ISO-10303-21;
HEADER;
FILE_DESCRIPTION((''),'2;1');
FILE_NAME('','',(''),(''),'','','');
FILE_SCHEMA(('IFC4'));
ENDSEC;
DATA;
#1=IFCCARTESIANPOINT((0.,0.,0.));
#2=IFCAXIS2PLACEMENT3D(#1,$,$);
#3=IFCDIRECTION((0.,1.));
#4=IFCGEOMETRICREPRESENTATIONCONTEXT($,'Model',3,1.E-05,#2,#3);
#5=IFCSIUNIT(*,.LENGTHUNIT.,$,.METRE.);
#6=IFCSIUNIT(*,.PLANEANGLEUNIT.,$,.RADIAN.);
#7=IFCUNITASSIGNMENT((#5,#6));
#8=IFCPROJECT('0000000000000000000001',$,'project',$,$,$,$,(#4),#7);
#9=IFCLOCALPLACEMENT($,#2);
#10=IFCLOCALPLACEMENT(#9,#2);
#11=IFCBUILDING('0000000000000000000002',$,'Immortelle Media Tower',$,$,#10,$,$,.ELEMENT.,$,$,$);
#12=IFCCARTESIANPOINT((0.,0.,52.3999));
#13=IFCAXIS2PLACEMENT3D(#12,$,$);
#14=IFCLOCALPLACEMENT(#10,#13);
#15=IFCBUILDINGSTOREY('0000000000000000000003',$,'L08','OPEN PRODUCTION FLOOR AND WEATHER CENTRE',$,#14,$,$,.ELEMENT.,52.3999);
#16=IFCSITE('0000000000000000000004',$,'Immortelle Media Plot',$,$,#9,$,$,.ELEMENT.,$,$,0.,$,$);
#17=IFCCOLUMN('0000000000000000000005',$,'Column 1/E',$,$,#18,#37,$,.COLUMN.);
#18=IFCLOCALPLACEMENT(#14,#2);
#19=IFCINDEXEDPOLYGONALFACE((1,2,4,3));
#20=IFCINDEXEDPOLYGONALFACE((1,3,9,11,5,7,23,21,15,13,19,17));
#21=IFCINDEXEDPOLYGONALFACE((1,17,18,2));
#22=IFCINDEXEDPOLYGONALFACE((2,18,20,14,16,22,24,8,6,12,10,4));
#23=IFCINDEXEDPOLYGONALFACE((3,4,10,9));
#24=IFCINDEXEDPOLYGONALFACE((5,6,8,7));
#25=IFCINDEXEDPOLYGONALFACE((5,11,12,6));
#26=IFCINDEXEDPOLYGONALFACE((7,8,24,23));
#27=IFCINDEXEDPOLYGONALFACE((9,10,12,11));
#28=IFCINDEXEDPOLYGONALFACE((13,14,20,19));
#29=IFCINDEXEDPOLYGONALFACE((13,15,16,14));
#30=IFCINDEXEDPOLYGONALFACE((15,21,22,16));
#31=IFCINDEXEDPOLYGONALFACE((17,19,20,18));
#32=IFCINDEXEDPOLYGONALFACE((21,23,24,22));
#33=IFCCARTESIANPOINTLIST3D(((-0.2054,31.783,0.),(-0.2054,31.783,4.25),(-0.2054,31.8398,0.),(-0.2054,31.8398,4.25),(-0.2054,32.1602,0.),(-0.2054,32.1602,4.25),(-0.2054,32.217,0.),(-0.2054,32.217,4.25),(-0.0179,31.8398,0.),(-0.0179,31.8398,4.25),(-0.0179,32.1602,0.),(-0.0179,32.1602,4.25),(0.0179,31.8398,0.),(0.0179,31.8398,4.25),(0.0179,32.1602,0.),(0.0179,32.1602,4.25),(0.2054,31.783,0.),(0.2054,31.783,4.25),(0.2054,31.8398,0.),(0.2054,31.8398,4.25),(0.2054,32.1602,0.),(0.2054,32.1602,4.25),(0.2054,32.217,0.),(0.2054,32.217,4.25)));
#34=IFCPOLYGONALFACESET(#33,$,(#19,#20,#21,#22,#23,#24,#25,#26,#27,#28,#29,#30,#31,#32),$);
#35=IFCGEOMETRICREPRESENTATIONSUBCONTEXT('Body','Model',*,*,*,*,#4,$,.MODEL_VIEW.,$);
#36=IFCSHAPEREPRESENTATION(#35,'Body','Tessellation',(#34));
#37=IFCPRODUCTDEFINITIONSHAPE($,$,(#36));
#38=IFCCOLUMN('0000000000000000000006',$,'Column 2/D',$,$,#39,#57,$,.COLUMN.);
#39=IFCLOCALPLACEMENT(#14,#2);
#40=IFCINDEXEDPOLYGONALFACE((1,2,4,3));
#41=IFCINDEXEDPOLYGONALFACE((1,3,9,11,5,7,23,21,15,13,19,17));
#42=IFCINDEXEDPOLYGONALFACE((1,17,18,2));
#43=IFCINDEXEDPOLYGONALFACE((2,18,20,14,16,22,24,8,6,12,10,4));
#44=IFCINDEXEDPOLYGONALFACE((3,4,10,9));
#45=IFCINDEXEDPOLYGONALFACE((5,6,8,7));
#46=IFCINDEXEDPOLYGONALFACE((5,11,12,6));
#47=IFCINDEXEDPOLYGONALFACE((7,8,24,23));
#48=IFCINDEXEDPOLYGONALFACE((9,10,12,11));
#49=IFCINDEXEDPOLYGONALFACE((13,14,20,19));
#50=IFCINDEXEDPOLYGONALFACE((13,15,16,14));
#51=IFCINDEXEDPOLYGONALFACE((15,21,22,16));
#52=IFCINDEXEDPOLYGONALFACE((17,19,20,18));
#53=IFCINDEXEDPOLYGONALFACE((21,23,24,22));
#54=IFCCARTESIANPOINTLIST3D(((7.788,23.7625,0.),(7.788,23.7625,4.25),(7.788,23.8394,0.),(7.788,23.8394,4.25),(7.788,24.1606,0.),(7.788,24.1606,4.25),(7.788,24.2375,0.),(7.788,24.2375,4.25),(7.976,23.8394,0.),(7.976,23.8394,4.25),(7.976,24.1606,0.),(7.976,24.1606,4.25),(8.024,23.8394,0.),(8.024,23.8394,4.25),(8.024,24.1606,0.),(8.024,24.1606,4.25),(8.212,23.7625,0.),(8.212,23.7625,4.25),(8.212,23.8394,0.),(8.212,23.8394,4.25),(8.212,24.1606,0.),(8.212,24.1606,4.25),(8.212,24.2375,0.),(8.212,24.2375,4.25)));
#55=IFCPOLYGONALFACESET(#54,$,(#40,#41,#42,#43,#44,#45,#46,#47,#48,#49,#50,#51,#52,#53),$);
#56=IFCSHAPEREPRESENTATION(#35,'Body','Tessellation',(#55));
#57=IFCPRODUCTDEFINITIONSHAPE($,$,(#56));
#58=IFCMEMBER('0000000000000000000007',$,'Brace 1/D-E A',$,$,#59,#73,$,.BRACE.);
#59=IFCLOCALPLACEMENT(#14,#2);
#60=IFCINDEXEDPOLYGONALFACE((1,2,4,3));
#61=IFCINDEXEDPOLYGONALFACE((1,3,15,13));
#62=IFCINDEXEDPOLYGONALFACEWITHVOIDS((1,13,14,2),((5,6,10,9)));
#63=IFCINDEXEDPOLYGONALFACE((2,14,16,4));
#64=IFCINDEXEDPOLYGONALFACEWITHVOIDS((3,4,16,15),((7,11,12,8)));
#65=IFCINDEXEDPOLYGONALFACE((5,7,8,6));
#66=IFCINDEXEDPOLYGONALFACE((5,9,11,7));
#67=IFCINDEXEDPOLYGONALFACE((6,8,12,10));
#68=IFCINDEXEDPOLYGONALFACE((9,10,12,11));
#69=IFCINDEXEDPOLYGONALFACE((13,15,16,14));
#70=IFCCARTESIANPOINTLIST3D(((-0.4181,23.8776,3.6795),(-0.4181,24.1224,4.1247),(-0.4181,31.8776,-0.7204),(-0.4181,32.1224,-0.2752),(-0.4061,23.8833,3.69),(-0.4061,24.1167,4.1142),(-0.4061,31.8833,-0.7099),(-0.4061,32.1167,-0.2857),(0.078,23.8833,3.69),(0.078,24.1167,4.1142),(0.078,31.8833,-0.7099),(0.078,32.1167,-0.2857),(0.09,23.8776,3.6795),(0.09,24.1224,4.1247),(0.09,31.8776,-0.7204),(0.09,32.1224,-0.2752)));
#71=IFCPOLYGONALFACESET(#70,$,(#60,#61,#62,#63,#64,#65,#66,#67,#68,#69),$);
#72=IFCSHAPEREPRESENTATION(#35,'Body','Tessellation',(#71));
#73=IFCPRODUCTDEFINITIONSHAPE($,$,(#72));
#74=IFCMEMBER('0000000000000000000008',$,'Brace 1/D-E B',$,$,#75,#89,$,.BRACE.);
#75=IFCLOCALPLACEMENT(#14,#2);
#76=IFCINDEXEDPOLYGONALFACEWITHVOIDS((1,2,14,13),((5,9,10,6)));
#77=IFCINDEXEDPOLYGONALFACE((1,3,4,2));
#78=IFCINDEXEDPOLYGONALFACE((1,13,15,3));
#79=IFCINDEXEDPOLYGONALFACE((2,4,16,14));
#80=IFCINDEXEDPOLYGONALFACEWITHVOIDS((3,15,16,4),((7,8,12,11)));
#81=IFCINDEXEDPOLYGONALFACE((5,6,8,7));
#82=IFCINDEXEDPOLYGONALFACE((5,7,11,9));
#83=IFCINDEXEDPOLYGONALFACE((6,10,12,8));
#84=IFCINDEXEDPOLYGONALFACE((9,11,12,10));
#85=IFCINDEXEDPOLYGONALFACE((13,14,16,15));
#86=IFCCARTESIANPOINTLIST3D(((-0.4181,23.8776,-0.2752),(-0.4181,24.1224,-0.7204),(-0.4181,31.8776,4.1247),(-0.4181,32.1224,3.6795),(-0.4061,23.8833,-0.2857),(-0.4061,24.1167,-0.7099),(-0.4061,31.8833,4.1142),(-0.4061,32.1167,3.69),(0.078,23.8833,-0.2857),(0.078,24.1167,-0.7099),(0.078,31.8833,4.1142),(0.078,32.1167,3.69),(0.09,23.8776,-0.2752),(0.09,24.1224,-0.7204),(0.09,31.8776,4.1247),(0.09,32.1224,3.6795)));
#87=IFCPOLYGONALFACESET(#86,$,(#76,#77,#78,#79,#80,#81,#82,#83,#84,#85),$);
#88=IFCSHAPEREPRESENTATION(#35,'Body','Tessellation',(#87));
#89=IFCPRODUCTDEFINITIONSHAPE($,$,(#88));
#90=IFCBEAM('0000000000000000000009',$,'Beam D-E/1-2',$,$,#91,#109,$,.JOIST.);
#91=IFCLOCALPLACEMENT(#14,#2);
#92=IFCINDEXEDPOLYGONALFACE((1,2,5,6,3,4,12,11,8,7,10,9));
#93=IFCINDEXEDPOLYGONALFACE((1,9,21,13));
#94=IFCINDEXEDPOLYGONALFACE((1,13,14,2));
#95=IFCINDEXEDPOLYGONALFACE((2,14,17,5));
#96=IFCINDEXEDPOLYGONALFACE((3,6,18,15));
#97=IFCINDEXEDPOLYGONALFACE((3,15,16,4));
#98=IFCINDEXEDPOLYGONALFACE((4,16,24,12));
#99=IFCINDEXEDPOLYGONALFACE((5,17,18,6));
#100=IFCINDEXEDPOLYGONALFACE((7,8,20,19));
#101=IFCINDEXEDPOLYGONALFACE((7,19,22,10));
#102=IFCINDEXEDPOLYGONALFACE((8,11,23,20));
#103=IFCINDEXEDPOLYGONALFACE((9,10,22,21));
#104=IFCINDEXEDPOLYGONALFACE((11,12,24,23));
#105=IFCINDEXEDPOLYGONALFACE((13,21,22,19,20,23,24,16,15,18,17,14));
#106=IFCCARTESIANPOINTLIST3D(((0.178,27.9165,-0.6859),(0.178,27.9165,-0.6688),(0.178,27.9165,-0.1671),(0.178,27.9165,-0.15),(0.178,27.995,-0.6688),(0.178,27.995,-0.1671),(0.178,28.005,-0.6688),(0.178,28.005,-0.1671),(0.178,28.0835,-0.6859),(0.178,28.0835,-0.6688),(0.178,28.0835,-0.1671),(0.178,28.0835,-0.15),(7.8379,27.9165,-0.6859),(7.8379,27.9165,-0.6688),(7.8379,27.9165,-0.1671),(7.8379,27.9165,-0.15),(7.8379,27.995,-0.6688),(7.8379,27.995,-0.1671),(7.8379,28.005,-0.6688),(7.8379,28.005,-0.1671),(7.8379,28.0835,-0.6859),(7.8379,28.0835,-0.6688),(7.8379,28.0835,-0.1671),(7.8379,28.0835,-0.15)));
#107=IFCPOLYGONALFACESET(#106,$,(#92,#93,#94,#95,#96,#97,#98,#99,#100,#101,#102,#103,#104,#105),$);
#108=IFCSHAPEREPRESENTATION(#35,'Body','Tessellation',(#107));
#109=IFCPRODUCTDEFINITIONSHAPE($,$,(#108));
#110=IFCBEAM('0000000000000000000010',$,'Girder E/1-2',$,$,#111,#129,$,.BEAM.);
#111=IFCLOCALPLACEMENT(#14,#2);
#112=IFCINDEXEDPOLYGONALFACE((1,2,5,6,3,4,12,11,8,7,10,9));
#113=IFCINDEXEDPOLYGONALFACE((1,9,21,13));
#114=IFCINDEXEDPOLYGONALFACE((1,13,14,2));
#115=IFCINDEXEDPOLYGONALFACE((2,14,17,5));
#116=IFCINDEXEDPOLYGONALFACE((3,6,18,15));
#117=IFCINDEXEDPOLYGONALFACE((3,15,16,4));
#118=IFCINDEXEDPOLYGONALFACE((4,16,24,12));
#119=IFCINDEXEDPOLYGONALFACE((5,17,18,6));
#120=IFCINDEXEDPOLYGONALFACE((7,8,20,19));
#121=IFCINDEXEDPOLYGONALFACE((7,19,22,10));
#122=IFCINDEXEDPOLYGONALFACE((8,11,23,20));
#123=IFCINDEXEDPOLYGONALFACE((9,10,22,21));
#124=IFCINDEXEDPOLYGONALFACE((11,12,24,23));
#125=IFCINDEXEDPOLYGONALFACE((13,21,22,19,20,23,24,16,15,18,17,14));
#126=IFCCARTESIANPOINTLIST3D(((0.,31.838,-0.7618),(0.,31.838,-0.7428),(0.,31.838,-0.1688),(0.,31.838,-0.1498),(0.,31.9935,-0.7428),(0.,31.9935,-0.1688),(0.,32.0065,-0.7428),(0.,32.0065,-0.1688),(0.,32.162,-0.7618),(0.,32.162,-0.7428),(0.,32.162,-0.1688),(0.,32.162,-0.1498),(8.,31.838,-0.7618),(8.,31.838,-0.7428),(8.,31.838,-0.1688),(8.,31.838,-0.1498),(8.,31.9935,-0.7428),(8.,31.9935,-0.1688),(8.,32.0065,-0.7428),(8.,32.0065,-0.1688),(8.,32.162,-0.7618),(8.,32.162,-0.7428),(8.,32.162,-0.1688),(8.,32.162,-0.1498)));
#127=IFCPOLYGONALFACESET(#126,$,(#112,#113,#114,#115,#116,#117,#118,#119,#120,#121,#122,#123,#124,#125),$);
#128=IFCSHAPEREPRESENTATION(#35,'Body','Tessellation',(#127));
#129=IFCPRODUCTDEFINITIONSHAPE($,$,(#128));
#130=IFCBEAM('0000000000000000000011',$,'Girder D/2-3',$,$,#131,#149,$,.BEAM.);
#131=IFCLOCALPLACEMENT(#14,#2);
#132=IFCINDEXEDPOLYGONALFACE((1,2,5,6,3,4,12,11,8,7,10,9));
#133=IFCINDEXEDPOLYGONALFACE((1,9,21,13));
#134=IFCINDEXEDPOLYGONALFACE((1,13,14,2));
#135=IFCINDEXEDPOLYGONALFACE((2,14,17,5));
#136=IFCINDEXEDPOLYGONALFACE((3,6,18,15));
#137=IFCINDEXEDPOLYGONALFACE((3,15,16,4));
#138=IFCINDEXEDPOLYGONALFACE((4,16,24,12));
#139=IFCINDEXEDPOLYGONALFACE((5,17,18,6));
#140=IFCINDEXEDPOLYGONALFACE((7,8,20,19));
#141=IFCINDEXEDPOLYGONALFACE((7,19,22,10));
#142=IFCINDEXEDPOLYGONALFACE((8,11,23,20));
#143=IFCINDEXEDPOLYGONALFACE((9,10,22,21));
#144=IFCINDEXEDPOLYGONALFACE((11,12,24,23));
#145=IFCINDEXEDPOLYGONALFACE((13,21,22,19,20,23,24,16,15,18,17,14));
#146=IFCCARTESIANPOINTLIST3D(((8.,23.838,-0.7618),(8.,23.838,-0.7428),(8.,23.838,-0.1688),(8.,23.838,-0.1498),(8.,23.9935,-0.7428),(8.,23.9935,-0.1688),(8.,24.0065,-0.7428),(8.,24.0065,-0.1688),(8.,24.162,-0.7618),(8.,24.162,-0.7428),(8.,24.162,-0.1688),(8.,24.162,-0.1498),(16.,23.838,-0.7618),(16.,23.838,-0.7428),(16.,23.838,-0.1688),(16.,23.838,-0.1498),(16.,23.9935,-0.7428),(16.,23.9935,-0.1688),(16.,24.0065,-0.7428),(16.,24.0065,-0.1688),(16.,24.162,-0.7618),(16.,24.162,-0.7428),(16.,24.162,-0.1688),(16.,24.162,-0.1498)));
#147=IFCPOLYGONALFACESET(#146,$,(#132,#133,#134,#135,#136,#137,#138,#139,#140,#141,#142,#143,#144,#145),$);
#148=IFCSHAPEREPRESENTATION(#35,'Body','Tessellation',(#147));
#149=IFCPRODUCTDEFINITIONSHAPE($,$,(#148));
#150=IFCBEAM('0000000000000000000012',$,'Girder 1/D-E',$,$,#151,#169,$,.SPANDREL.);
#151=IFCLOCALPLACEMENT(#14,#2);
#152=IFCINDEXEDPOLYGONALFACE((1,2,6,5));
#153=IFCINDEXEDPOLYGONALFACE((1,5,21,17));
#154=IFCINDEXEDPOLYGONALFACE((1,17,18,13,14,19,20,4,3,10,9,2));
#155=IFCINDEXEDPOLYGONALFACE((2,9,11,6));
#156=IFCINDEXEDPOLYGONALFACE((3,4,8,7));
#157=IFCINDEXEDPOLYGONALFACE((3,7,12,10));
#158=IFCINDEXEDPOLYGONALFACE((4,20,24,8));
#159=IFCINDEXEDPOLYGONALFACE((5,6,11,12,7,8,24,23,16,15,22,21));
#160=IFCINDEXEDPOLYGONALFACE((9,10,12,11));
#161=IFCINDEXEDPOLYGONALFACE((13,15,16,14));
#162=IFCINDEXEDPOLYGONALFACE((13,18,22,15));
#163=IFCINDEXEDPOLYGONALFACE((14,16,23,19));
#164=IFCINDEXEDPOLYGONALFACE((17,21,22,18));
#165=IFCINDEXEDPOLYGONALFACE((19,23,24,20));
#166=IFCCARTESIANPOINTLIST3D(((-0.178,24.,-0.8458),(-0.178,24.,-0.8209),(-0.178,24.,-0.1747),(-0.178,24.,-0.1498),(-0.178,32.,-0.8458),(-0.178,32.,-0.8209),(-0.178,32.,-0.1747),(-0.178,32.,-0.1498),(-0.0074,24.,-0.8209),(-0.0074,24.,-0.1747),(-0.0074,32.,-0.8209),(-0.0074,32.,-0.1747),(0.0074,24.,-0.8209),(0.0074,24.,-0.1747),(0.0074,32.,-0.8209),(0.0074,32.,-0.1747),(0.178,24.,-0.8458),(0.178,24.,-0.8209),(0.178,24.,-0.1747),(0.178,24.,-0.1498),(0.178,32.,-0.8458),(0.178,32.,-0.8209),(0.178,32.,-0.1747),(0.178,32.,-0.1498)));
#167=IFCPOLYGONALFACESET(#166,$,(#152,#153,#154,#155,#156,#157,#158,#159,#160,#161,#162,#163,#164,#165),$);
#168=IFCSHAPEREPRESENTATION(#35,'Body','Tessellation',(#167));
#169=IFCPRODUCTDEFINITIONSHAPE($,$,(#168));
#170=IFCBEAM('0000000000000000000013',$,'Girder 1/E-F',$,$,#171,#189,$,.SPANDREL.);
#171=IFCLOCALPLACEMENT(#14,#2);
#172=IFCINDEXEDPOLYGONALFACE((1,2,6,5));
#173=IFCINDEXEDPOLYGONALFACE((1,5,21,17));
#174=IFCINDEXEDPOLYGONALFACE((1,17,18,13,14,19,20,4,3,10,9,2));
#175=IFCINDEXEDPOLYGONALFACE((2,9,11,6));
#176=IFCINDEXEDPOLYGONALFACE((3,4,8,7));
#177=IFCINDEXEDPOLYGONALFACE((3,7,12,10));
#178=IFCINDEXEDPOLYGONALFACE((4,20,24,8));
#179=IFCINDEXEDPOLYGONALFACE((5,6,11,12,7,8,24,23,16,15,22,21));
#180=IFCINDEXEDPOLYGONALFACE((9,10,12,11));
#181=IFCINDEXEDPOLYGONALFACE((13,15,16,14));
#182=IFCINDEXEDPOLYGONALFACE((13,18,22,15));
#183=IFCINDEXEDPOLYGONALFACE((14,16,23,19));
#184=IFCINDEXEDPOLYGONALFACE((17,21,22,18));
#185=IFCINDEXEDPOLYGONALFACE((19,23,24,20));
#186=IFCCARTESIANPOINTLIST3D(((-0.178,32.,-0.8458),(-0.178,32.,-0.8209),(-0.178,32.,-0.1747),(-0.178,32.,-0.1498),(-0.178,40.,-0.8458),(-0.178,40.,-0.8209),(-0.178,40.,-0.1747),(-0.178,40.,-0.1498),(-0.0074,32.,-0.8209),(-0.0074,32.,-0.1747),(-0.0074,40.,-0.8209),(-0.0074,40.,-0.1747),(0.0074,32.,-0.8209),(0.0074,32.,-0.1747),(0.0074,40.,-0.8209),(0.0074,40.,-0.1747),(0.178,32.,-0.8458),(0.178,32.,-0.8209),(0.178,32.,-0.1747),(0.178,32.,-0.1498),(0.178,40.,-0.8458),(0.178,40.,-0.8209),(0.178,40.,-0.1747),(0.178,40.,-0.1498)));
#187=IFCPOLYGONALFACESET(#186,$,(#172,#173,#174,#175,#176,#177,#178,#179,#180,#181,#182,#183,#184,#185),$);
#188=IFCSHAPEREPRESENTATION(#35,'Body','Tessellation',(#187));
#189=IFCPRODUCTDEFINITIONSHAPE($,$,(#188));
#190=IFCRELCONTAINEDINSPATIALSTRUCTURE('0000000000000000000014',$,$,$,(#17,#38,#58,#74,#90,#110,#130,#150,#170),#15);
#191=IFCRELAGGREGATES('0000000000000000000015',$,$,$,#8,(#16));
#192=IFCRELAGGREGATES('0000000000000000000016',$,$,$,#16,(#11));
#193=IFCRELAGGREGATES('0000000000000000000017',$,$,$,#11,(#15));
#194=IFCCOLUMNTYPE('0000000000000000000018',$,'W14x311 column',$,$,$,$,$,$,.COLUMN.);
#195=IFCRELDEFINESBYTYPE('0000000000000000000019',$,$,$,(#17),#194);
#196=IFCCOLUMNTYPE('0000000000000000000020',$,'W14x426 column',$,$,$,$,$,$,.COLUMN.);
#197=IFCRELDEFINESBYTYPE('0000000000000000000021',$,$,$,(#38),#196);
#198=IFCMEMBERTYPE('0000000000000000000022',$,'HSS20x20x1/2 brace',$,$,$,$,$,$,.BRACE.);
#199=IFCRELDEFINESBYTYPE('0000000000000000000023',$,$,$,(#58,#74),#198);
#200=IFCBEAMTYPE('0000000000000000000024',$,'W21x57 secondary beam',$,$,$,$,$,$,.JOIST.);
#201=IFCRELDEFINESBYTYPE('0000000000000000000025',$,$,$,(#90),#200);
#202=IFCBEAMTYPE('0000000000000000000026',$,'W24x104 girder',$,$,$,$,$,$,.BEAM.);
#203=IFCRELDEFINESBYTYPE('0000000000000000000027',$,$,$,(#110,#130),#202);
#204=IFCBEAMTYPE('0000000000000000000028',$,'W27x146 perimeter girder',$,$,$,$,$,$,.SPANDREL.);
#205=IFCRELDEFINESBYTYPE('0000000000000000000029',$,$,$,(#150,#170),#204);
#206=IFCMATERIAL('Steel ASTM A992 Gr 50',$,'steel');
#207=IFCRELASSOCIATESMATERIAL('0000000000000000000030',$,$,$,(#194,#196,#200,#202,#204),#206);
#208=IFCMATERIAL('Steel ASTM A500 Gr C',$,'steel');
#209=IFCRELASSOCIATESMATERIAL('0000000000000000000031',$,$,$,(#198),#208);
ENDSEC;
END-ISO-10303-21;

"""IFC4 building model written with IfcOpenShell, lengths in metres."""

from ifc_helpers import new_model, si_unit, direction, frame, origin, origin_2d, place, context, subcontext, project, spatial, hollow_rectangle, i_section, extrude, material, material_profile, profile_set, type_object, element, save


model = new_model("IFC4")

# Units and contexts
model_context = context("Model", 3, precision=1e-05, world=origin(), true_north=direction((0.0, 1.0)))
body_context = subcontext(model_context, "Body", "Model", "MODEL_VIEW")
ifc_project = project(units=[si_unit("LENGTHUNIT", "METRE"), si_unit("PLANEANGLEUNIT", "RADIAN")], contexts=[model_context])

# Site, building, storey
site_placement = place(None, origin())
site = spatial("IfcSite", under=ifc_project, at=site_placement, Name="Immortelle Media Plot", CompositionType="ELEMENT", RefElevation=0.0)
building_placement = place(site_placement, origin())
building = spatial("IfcBuilding", under=site, at=building_placement, Name="Immortelle Media Tower", CompositionType="ELEMENT")
storey_placement = place(building_placement, frame((0.0, 0.0, 52.3999)))
storey = spatial("IfcBuildingStorey", under=building, at=storey_placement, Name="L08", Description="OPEN PRODUCTION FLOOR AND WEATHER CENTRE", CompositionType="ELEMENT", Elevation=52.3999)

# Columns
ifc_material_1 = material(Name="Steel ASTM A992 Gr 50", Category="steel")
ifc_material_profile_1 = material_profile(ifc_material_1, i_section(OverallWidth=0.4109, OverallDepth=0.4341, WebThickness=0.0359, FlangeThickness=0.0569, at=origin_2d()), Name="W14x311")
ifc_profile_set_1 = profile_set([ifc_material_profile_1], Name="Steel ASTM A992 Gr 50")
column_type_1 = type_object("IfcColumnType", Name="W14x311 column", PredefinedType="COLUMN", material=ifc_profile_set_1)
column_1_placement = place(storey_placement, frame((0.0, 32.0, 0.0), z_axis=(0.0, 0.0, 1.0), x_axis=(1.0, 0.0, 0.0)))
element("IfcColumn", 1, at=column_1_placement, inside=storey, type_object=column_type_1, Name="Column 1/E", PredefinedType="COLUMN", context=body_context, shape_type="SweptSolid", body=[
    extrude(i_section(OverallWidth=0.4109, OverallDepth=0.4341, WebThickness=0.0359, FlangeThickness=0.0569, at=origin_2d()), origin(), (0.0, 0.0, 1.0), 4.25),
])
ifc_material_profile_2 = material_profile(ifc_material_1, i_section(OverallWidth=0.4241, OverallDepth=0.4751, WebThickness=0.0481, FlangeThickness=0.0769, at=origin_2d()), Name="W14x426")
ifc_profile_set_2 = profile_set([ifc_material_profile_2], Name="Steel ASTM A992 Gr 50")
column_type_2 = type_object("IfcColumnType", Name="W14x426 column", PredefinedType="COLUMN", material=ifc_profile_set_2)
column_2_placement = place(storey_placement, frame((8.0, 24.0, 0.0), z_axis=(0.0, 0.0, 1.0), x_axis=(1.0, 0.0, 0.0)))
element("IfcColumn", 2, at=column_2_placement, inside=storey, type_object=column_type_2, Name="Column 2/D", PredefinedType="COLUMN", context=body_context, shape_type="SweptSolid", body=[
    extrude(i_section(OverallWidth=0.4241, OverallDepth=0.4751, WebThickness=0.0481, FlangeThickness=0.0769, at=origin_2d()), origin(), (0.0, 0.0, 1.0), 4.25),
])

# Members
ifc_material_2 = material(Name="Steel ASTM A500 Gr C", Category="steel")
ifc_material_profile_3 = material_profile(ifc_material_2, hollow_rectangle(XDim=0.5081, YDim=0.5081, WallThickness=0.012, at=origin_2d()), Name="HSS20x20x1/2 brace")
ifc_profile_set_3 = profile_set([ifc_material_profile_3], Name="Steel ASTM A500 Gr C")
member_type = type_object("IfcMemberType", Name="HSS20x20x1/2 brace", PredefinedType="BRACE", material=ifc_profile_set_3)
for number, where, z_axis, x_axis, name in (
    (3, (-0.1641, 32.0, -0.4978), (0.0, -0.87622, 0.481911), (1.0, 0.0, 0.0), "Brace 1/D-E A"),
    (4, (-0.1641, 32.0, 3.9021), (0.0, -0.87622, -0.481911), (1.0, 0.0, 0.0), "Brace 1/D-E B"),
):
    element("IfcMember", number, at=place(storey_placement, frame(where, z_axis=z_axis, x_axis=x_axis)), inside=storey, type_object=member_type, Name=name, PredefinedType="BRACE", context=body_context, shape_type="SweptSolid", body=[
        extrude(hollow_rectangle(XDim=0.5081, YDim=0.5081, WallThickness=0.012, at=origin_2d()), origin(), (0.0, 0.0, 1.0), 9.1301),
    ])

# Beams
ifc_material_profile_4 = material_profile(ifc_material_1, i_section(OverallWidth=0.167, OverallDepth=0.5359, WebThickness=0.01, FlangeThickness=0.0171, at=origin_2d()), Name="W21x57")
ifc_profile_set_4 = profile_set([ifc_material_profile_4], Name="Steel ASTM A992 Gr 50")
beam_type_1 = type_object("IfcBeamType", Name="W21x57 secondary beam", PredefinedType="JOIST", material=ifc_profile_set_4)
beam_placement = place(storey_placement, frame((0.178, 28.0, -0.418), z_axis=(1.0, 0.0, 0.0), x_axis=(0.0, 1.0, 0.0)))
element("IfcBeam", 5, at=beam_placement, inside=storey, type_object=beam_type_1, Name="Beam D-E/1-2", PredefinedType="JOIST", context=body_context, shape_type="SweptSolid", body=[
    extrude(i_section(OverallWidth=0.167, OverallDepth=0.5359, WebThickness=0.01, FlangeThickness=0.0171, at=origin_2d()), origin(), (0.0, 0.0, 1.0), 7.6599),
])
ifc_material_profile_5 = material_profile(ifc_material_1, i_section(OverallWidth=0.324, OverallDepth=0.6121, WebThickness=0.0129, FlangeThickness=0.019, at=origin_2d()), Name="W24x104")
ifc_profile_set_5 = profile_set([ifc_material_profile_5], Name="Steel ASTM A992 Gr 50")
beam_type_2 = type_object("IfcBeamType", Name="W24x104 girder", PredefinedType="BEAM", material=ifc_profile_set_5)
for number, where, z_axis, x_axis, name in (
    (6, (0.0, 32.0, -0.4558), (1.0, 0.0, 0.0), (0.0, 1.0, 0.0), "Girder E/1-2"),
    (7, (8.0, 24.0, -0.4558), (1.0, 0.0, 0.0), (0.0, 1.0, 0.0), "Girder D/2-3"),
):
    element("IfcBeam", number, at=place(storey_placement, frame(where, z_axis=z_axis, x_axis=x_axis)), inside=storey, type_object=beam_type_2, Name=name, PredefinedType="BEAM", context=body_context, shape_type="SweptSolid", body=[
        extrude(i_section(OverallWidth=0.324, OverallDepth=0.6121, WebThickness=0.0129, FlangeThickness=0.019, at=origin_2d()), origin(), (0.0, 0.0, 1.0), 8.0),
    ])
ifc_material_profile_6 = material_profile(ifc_material_1, i_section(OverallWidth=0.356, OverallDepth=0.696, WebThickness=0.0149, FlangeThickness=0.0249, at=origin_2d()), Name="W27x146")
ifc_profile_set_6 = profile_set([ifc_material_profile_6], Name="Steel ASTM A992 Gr 50")
beam_type_3 = type_object("IfcBeamType", Name="W27x146 perimeter girder", PredefinedType="SPANDREL", material=ifc_profile_set_6)
for number, where, z_axis, x_axis, name in (
    (8, (0.0, 24.0, -0.4978), (0.0, 1.0, 0.0), (-1.0, 0.0, 0.0), "Girder 1/D-E"),
    (9, (0.0, 32.0, -0.4978), (0.0, 1.0, 0.0), (-1.0, 0.0, 0.0), "Girder 1/E-F"),
):
    element("IfcBeam", number, at=place(storey_placement, frame(where, z_axis=z_axis, x_axis=x_axis)), inside=storey, type_object=beam_type_3, Name=name, PredefinedType="SPANDREL", context=body_context, shape_type="SweptSolid", body=[
        extrude(i_section(OverallWidth=0.356, OverallDepth=0.696, WebThickness=0.0149, FlangeThickness=0.0249, at=origin_2d()), origin(), (0.0, 0.0, 1.0), 8.0),
    ])

save(model, "model.ifc")
